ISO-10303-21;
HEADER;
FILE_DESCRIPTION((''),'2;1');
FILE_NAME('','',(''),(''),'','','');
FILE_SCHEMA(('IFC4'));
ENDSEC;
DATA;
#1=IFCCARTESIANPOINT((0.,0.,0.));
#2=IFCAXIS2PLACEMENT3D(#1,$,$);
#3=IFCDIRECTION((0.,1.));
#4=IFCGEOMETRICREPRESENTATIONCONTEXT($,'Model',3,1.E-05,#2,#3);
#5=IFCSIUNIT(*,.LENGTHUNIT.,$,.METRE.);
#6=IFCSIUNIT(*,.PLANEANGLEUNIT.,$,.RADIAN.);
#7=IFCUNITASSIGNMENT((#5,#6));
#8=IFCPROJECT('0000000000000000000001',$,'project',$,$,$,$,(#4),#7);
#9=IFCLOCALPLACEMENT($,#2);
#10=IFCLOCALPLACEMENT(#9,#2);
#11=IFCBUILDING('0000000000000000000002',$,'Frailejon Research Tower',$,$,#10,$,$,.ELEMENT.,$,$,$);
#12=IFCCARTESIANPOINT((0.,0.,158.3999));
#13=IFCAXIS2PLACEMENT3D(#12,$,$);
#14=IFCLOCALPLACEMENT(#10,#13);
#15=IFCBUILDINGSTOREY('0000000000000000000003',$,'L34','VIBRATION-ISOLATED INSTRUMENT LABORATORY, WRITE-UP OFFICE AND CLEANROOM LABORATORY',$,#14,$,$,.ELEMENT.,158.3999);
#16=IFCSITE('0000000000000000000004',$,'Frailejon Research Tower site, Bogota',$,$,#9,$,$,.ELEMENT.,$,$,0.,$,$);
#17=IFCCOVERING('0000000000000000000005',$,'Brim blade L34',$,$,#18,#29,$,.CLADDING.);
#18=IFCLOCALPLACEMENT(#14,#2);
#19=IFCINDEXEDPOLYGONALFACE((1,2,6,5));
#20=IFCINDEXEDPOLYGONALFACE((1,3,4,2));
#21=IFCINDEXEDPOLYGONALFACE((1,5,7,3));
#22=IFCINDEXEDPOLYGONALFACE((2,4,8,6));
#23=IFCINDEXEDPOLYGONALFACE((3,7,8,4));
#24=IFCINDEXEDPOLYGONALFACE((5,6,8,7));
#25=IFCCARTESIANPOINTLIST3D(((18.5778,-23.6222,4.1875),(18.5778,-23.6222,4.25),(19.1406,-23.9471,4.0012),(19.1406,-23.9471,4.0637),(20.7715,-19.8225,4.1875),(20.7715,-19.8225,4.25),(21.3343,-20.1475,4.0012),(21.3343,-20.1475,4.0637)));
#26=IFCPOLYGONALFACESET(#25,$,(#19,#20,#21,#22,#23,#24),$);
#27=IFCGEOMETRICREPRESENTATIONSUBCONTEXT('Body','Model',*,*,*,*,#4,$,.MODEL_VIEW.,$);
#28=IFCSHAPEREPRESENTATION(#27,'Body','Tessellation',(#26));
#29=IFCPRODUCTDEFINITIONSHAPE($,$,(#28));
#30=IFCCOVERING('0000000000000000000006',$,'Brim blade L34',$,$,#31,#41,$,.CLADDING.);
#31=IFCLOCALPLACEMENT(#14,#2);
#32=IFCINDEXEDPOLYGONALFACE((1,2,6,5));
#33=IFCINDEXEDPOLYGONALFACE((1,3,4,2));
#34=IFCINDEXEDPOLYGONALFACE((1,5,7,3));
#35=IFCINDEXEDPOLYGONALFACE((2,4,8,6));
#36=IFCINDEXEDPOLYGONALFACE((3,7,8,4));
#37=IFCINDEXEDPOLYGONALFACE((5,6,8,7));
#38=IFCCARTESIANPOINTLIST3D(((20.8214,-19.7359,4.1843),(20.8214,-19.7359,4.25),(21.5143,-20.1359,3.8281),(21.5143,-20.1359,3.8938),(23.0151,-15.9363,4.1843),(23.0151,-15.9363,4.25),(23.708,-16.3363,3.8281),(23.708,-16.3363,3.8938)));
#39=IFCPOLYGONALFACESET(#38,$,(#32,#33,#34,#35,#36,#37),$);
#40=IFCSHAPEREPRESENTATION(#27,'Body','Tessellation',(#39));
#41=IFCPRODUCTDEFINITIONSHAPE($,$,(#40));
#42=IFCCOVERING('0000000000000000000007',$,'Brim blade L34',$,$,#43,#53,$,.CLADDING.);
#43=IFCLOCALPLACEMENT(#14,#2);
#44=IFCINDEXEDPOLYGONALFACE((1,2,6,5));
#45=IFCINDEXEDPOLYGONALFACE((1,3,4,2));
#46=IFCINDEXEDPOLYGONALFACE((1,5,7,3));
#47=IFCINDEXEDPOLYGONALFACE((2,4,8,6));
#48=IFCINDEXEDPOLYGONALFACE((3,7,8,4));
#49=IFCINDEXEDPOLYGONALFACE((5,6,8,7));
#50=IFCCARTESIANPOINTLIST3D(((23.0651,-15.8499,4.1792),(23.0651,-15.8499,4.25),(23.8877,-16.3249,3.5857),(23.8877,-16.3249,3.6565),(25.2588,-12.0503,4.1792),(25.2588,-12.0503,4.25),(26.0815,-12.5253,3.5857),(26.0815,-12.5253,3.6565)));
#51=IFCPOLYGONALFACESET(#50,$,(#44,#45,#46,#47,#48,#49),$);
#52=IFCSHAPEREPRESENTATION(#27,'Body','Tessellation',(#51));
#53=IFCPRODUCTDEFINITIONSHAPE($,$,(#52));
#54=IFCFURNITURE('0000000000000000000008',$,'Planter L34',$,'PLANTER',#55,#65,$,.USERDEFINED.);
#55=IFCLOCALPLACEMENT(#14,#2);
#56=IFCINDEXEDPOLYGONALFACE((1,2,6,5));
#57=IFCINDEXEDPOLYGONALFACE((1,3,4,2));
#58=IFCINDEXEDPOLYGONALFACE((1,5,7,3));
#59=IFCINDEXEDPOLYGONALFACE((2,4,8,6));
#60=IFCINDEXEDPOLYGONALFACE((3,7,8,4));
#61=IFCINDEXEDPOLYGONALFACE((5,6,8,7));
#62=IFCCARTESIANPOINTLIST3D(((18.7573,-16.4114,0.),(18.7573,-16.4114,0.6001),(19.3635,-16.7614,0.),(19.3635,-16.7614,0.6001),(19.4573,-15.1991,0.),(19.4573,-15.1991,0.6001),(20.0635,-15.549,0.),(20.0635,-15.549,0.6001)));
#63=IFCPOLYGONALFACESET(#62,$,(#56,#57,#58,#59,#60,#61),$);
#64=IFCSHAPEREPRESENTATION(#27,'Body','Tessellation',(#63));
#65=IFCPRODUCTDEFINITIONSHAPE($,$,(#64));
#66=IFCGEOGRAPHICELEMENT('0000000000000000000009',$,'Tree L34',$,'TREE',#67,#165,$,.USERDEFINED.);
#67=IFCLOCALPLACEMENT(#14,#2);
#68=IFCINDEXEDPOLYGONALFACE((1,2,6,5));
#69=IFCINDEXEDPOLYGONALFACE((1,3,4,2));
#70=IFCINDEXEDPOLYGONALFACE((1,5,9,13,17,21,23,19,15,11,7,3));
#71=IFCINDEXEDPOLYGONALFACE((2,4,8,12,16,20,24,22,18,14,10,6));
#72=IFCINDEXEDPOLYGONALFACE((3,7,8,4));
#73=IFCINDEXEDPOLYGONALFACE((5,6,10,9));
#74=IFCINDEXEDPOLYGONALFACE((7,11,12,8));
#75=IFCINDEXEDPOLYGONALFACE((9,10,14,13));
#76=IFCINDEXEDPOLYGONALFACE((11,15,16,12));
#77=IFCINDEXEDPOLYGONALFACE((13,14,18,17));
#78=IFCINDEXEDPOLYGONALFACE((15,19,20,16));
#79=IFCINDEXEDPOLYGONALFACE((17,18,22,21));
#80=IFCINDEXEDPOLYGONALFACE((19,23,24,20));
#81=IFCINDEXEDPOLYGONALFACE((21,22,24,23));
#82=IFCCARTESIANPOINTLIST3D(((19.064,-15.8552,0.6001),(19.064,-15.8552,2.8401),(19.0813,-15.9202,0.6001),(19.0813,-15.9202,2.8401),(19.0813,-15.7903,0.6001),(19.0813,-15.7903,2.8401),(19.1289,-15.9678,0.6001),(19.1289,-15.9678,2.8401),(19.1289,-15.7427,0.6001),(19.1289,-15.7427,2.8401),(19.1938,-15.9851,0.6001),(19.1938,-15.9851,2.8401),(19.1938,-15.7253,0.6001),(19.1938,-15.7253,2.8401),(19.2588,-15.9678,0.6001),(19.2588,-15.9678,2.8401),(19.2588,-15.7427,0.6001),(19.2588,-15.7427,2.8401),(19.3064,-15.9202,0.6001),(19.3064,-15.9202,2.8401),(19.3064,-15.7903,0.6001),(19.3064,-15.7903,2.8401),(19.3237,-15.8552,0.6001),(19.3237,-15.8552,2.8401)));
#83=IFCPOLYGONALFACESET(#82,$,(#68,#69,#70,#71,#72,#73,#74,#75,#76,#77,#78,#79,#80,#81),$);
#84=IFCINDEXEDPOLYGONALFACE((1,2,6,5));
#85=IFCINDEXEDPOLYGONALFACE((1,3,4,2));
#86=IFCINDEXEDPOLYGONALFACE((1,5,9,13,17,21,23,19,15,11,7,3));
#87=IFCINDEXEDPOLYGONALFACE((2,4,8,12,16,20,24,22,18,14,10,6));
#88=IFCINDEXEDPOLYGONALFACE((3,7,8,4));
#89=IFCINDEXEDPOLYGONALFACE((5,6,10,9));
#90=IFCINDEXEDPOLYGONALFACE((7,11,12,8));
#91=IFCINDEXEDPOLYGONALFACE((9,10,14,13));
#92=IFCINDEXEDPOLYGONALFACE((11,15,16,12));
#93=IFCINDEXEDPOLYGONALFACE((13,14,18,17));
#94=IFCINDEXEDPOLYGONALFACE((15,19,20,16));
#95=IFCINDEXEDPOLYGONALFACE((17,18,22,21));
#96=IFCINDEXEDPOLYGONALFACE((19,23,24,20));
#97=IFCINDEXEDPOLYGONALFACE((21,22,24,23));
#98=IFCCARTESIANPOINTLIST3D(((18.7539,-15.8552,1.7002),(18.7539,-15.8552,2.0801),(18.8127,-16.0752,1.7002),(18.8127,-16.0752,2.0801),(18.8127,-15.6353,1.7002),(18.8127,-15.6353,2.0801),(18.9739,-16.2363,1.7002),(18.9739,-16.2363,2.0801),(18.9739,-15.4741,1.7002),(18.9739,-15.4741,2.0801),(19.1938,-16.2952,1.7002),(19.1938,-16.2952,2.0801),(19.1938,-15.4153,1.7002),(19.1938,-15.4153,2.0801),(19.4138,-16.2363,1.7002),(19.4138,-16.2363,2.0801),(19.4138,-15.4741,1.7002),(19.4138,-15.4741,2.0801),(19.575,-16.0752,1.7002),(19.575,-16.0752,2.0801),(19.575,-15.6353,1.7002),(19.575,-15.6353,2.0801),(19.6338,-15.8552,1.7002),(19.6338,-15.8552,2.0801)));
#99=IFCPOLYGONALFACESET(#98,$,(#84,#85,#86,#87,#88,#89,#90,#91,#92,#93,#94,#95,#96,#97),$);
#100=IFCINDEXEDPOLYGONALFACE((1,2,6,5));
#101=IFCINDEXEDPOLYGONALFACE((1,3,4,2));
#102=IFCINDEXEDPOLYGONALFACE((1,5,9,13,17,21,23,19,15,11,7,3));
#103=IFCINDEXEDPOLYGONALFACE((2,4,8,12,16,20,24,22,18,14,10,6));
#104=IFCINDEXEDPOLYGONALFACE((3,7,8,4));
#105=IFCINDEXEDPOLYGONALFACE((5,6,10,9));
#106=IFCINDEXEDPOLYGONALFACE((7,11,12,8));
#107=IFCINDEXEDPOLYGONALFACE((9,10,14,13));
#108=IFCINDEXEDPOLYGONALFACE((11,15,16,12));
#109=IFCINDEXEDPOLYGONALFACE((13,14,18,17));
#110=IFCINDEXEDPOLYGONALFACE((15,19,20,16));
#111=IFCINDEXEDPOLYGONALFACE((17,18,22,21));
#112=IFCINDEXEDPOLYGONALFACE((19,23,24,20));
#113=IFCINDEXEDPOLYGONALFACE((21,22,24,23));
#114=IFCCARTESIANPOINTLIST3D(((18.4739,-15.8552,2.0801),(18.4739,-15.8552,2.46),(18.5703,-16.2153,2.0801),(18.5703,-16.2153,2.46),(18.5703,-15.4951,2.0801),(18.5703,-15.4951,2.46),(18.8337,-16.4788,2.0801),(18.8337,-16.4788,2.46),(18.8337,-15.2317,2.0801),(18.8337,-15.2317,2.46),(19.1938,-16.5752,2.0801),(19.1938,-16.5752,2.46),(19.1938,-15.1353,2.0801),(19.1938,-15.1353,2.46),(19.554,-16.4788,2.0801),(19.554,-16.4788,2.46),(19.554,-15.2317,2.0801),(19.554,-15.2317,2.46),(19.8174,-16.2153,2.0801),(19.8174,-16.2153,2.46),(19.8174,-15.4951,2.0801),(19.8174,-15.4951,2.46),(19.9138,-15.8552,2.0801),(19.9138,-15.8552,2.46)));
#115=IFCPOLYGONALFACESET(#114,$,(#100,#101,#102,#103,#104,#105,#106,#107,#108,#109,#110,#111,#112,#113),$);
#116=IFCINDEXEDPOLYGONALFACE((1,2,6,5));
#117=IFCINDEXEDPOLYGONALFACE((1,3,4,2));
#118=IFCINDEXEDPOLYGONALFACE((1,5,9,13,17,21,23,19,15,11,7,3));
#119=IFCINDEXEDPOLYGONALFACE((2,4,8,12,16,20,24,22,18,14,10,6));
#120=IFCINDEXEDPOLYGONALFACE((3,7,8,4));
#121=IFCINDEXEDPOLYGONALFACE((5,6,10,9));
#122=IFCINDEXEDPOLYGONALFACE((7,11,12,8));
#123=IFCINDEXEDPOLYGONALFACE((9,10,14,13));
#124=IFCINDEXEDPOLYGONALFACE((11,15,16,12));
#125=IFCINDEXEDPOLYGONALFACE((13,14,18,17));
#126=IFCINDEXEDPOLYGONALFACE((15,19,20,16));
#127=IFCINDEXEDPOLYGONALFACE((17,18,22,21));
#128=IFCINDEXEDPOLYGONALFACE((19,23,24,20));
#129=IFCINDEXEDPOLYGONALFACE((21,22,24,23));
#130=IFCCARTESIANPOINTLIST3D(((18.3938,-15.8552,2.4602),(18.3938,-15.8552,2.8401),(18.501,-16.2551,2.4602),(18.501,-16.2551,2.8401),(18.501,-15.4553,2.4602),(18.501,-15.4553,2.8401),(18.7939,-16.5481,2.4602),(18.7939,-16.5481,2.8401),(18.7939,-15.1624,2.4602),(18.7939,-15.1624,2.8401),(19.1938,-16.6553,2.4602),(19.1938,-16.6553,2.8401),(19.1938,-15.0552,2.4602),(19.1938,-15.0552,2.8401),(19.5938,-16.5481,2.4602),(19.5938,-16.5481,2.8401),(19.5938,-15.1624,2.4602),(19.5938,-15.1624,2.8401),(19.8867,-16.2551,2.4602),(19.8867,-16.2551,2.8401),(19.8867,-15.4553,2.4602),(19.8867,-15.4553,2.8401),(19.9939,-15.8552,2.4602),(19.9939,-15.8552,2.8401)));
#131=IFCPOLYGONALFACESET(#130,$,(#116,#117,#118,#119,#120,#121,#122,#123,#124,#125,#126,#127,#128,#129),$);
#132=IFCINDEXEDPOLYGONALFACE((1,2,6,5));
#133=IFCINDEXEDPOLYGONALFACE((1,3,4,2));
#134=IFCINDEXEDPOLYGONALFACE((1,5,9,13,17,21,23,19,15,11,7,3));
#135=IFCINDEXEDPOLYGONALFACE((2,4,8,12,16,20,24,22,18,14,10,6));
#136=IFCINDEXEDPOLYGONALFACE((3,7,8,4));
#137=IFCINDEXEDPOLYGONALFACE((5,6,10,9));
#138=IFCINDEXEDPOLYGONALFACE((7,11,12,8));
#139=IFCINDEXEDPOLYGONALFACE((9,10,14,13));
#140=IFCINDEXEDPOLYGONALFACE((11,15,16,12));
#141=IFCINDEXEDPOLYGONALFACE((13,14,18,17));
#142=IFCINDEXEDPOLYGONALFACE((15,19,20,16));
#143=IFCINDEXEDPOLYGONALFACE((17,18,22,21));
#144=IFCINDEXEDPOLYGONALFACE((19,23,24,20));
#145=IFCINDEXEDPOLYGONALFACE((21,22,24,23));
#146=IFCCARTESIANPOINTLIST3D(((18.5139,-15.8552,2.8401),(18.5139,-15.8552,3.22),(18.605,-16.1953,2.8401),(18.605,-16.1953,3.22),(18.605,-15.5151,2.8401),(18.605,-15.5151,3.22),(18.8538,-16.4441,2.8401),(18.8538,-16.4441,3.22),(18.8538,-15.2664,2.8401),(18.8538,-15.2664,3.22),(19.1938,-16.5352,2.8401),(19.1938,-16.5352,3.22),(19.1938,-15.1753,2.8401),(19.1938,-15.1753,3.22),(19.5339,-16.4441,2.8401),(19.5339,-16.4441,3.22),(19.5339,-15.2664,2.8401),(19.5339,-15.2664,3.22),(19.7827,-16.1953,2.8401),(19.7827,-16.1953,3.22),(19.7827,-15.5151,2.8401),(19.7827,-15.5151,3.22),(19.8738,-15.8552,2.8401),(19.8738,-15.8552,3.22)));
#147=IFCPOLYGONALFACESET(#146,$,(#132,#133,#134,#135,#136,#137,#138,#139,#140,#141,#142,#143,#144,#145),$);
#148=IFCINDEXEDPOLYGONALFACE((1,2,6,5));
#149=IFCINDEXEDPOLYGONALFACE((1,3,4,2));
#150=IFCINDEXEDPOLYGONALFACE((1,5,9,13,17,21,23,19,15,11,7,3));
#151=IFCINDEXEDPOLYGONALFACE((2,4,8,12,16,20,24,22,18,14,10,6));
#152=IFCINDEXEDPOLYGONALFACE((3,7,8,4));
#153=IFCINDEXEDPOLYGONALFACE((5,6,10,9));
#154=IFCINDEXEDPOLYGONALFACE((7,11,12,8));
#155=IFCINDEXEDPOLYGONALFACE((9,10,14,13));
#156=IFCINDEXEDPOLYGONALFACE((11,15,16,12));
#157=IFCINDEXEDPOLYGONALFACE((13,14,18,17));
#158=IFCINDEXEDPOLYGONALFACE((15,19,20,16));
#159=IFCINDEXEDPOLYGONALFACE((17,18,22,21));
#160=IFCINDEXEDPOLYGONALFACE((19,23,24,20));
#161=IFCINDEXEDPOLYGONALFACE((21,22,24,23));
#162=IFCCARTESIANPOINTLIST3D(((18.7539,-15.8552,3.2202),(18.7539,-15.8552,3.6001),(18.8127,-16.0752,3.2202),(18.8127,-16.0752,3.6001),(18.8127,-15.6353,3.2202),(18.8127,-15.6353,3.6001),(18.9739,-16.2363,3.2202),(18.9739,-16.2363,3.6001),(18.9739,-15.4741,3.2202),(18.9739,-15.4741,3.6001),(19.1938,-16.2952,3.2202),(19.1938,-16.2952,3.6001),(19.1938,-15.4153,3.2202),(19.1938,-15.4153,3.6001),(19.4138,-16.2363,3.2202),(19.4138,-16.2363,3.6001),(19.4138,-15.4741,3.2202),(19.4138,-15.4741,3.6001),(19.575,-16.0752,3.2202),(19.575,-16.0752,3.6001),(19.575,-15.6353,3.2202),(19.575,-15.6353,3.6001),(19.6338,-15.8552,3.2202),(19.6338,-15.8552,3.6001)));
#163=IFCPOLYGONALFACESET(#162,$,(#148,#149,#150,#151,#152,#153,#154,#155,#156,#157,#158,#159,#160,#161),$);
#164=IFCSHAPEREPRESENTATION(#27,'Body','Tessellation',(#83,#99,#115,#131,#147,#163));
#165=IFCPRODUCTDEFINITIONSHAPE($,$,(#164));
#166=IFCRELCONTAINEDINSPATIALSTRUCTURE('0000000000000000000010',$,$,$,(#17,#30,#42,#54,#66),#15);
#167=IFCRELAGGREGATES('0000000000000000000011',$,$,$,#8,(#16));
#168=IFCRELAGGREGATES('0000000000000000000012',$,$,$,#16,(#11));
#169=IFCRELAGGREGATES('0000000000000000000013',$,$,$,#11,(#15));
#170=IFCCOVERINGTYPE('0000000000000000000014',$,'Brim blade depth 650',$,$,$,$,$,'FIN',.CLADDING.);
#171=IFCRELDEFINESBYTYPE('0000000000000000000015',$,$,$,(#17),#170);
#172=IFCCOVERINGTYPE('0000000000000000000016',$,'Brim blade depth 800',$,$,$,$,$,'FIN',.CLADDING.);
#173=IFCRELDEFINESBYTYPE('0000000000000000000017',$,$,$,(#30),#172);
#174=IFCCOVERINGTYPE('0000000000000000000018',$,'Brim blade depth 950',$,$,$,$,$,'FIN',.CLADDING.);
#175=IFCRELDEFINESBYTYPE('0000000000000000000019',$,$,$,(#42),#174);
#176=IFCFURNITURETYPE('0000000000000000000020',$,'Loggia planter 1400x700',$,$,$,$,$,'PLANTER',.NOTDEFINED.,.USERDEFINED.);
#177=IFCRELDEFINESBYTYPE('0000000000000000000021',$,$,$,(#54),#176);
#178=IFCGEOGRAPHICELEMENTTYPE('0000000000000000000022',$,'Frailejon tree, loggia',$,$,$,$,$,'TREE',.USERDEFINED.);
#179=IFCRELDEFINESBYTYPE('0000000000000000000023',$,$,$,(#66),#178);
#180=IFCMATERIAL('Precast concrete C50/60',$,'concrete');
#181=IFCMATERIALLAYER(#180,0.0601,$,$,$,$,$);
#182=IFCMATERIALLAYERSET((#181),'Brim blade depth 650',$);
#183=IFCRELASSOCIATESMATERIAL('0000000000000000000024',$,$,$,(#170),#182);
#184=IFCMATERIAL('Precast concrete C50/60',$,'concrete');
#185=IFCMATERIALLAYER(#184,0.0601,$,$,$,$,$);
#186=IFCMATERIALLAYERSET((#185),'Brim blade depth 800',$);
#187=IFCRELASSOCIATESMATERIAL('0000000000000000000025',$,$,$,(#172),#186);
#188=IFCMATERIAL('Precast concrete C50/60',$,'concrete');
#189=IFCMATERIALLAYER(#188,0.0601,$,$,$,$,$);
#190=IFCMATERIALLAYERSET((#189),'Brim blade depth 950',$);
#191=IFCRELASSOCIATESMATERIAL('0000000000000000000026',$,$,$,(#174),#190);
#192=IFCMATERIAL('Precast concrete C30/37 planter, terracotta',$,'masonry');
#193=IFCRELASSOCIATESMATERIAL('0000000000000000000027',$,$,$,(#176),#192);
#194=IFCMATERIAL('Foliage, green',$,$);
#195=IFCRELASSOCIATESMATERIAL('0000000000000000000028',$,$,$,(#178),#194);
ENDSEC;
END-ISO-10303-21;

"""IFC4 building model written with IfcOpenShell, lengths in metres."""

from ifc_helpers import new_model, si_unit, direction, frame, origin, origin_2d, place, context, subcontext, project, spatial, polyline, rectangle, outline, extrude, material, layer, layer_set, type_object, element, save


model = new_model("IFC4")

# Units and contexts
model_context = context("Model", 3, precision=1e-05, world=origin(), true_north=direction((0.0, 1.0)))
body_context = subcontext(model_context, "Body", "Model", "MODEL_VIEW")
ifc_project = project(units=[si_unit("LENGTHUNIT", "METRE"), si_unit("PLANEANGLEUNIT", "RADIAN")], contexts=[model_context])

# Site, building, storey
site_placement = place(None, origin())
site = spatial("IfcSite", under=ifc_project, at=site_placement, Name="Frailejon Research Tower site, Bogota", CompositionType="ELEMENT", RefElevation=0.0)
building_placement = place(site_placement, origin())
building = spatial("IfcBuilding", under=site, at=building_placement, Name="Frailejon Research Tower", CompositionType="ELEMENT")
storey_placement = place(building_placement, frame((0.0, 0.0, 158.3999)))
storey = spatial("IfcBuildingStorey", under=building, at=storey_placement, Name="L34", Description="VIBRATION-ISOLATED INSTRUMENT LABORATORY, WRITE-UP OFFICE AND CLEANROOM LABORATORY", CompositionType="ELEMENT", Elevation=158.3999)

# Coverings
ifc_material_1 = material(Name="Precast concrete C50/60", Category="concrete")
ifc_layer_1 = layer(ifc_material_1, 0.0601)
ifc_layer_set_1 = layer_set([ifc_layer_1], Name="Brim blade depth 650")
covering_type_1 = type_object("IfcCoveringType", Name="Brim blade depth 650", ElementType="FIN", PredefinedType="CLADDING", material=ifc_layer_set_1)
covering_1_placement = place(storey_placement, frame((20.7715, -19.8225, 4.25), z_axis=(-0.5, -0.866025, 0.0), x_axis=(0.866025, -0.5, 0.0)))
element("IfcCovering", 1, at=covering_1_placement, inside=storey, type_object=covering_type_1, Name="Brim blade L34", PredefinedType="CLADDING", context=body_context, shape_type="SweptSolid", body=[
    extrude(outline(polyline([(0.0, -0.0625), (0.6499, -0.2488), (0.6499, -0.1863), (0.0, 0.0), (0.0, -0.0625)])), origin(), (0.0, 0.0, 1.0), 4.3875),
])
ifc_material_2 = material(Name="Precast concrete C50/60", Category="concrete")
ifc_layer_2 = layer(ifc_material_2, 0.0601)
ifc_layer_set_2 = layer_set([ifc_layer_2], Name="Brim blade depth 800")
covering_type_2 = type_object("IfcCoveringType", Name="Brim blade depth 800", ElementType="FIN", PredefinedType="CLADDING", material=ifc_layer_set_2)
covering_2_placement = place(storey_placement, frame((23.0151, -15.9363, 4.25), z_axis=(-0.5, -0.866025, 0.0), x_axis=(0.866025, -0.5, 0.0)))
element("IfcCovering", 2, at=covering_2_placement, inside=storey, type_object=covering_type_2, Name="Brim blade L34", PredefinedType="CLADDING", context=body_context, shape_type="SweptSolid", body=[
    extrude(outline(polyline([(0.0, -0.0657), (0.8, -0.4219), (0.8, -0.3562), (0.0, 0.0), (0.0, -0.0657)])), origin(), (0.0, 0.0, 1.0), 4.3875),
])
ifc_material_3 = material(Name="Precast concrete C50/60", Category="concrete")
ifc_layer_3 = layer(ifc_material_3, 0.0601)
ifc_layer_set_3 = layer_set([ifc_layer_3], Name="Brim blade depth 950")
covering_type_3 = type_object("IfcCoveringType", Name="Brim blade depth 950", ElementType="FIN", PredefinedType="CLADDING", material=ifc_layer_set_3)
covering_3_placement = place(storey_placement, frame((25.2588, -12.0503, 4.25), z_axis=(-0.5, -0.866025, 0.0), x_axis=(0.866025, -0.5, 0.0)))
element("IfcCovering", 3, at=covering_3_placement, inside=storey, type_object=covering_type_3, Name="Brim blade L34", PredefinedType="CLADDING", context=body_context, shape_type="SweptSolid", body=[
    extrude(outline(polyline([(0.0, -0.0708), (0.95, -0.6643), (0.95, -0.5935), (0.0, 0.0), (0.0, -0.0708)])), origin(), (0.0, 0.0, 1.0), 4.3875),
])

# Furniture
ifc_material_4 = material(Name="Precast concrete C30/37 planter, terracotta", Category="masonry")
furniture_type = type_object("IfcFurnitureType", Name="Loggia planter 1400x700", ElementType="PLANTER", AssemblyPlace="NOTDEFINED", PredefinedType="USERDEFINED", material=ifc_material_4)
furniture_placement = place(storey_placement, frame((19.4104, -15.9802, 0.0), z_axis=(0.0, 0.0, 1.0), x_axis=(0.5, 0.866025, 0.0)))
element("IfcFurniture", 4, at=furniture_placement, inside=storey, type_object=furniture_type, Name="Planter L34", ObjectType="PLANTER", PredefinedType="USERDEFINED", context=body_context, shape_type="SweptSolid", body=[
    extrude(rectangle(XDim=1.3999, YDim=0.7, at=origin_2d()), origin(), (0.0, 0.0, 1.0), 0.6001),
])

# Geographic element
ifc_material_5 = material(Name="Foliage, green")
geographic_element_type = type_object("IfcGeographicElementType", Name="Frailejon tree, loggia", ElementType="TREE", PredefinedType="USERDEFINED", material=ifc_material_5)
geographic_element_placement = place(storey_placement, frame((19.1938, -15.8552, 0.6001)))
element("IfcGeographicElement", 5, at=geographic_element_placement, inside=storey, type_object=geographic_element_type, Name="Tree L34", ObjectType="TREE", PredefinedType="USERDEFINED", context=body_context, shape_type="SweptSolid", body=[
    extrude(outline(polyline([(0.1299, 0.0), (0.1125, 0.0649), (0.0649, 0.1125), (0.0, 0.1299), (-0.0649, 0.1125), (-0.1125, 0.0649), (-0.1299, 0.0), (-0.1125, -0.0649), (-0.0649, -0.1125), (0.0, -0.1299), (0.0649, -0.1125), (0.1125, -0.0649), (0.1299, 0.0)])), origin(), (0.0, 0.0, 1.0), 2.24),
    extrude(outline(polyline([(0.4399, 0.0), (0.3811, 0.22), (0.22, 0.3811), (0.0, 0.4399), (-0.22, 0.3811), (-0.3811, 0.22), (-0.4399, 0.0), (-0.3811, -0.22), (-0.22, -0.3811), (0.0, -0.4399), (0.22, -0.3811), (0.3811, -0.22), (0.4399, 0.0)])), frame((0.0, 0.0, 1.1001)), (0.0, 0.0, 1.0), 0.3799),
    extrude(outline(polyline([(0.72, 0.0), (0.6235, 0.3601), (0.3601, 0.6235), (0.0, 0.72), (-0.3601, 0.6235), (-0.6235, 0.3601), (-0.72, 0.0), (-0.6235, -0.3601), (-0.3601, -0.6235), (0.0, -0.72), (0.3601, -0.6235), (0.6235, -0.3601), (0.72, 0.0)])), frame((0.0, 0.0, 1.48)), (0.0, 0.0, 1.0), 0.3799),
    extrude(outline(polyline([(0.8, 0.0), (0.6929, 0.3999), (0.3999, 0.6929), (0.0, 0.8), (-0.3999, 0.6929), (-0.6929, 0.3999), (-0.8, 0.0), (-0.6929, -0.3999), (-0.3999, -0.6929), (0.0, -0.8), (0.3999, -0.6929), (0.6929, -0.3999), (0.8, 0.0)])), frame((0.0, 0.0, 1.8601)), (0.0, 0.0, 1.0), 0.3799),
    extrude(outline(polyline([(0.6799, 0.0), (0.5889, 0.3401), (0.3401, 0.5889), (0.0, 0.6799), (-0.3401, 0.5889), (-0.5889, 0.3401), (-0.6799, 0.0), (-0.5889, -0.3401), (-0.3401, -0.5889), (0.0, -0.6799), (0.3401, -0.5889), (0.5889, -0.3401), (0.6799, 0.0)])), frame((0.0, 0.0, 2.24)), (0.0, 0.0, 1.0), 0.3799),
    extrude(outline(polyline([(0.4399, 0.0), (0.3811, 0.22), (0.22, 0.3811), (0.0, 0.4399), (-0.22, 0.3811), (-0.3811, 0.22), (-0.4399, 0.0), (-0.3811, -0.22), (-0.22, -0.3811), (0.0, -0.4399), (0.22, -0.3811), (0.3811, -0.22), (0.4399, 0.0)])), frame((0.0, 0.0, 2.6201)), (0.0, 0.0, 1.0), 0.3799),
])

save(model, "model.ifc")
